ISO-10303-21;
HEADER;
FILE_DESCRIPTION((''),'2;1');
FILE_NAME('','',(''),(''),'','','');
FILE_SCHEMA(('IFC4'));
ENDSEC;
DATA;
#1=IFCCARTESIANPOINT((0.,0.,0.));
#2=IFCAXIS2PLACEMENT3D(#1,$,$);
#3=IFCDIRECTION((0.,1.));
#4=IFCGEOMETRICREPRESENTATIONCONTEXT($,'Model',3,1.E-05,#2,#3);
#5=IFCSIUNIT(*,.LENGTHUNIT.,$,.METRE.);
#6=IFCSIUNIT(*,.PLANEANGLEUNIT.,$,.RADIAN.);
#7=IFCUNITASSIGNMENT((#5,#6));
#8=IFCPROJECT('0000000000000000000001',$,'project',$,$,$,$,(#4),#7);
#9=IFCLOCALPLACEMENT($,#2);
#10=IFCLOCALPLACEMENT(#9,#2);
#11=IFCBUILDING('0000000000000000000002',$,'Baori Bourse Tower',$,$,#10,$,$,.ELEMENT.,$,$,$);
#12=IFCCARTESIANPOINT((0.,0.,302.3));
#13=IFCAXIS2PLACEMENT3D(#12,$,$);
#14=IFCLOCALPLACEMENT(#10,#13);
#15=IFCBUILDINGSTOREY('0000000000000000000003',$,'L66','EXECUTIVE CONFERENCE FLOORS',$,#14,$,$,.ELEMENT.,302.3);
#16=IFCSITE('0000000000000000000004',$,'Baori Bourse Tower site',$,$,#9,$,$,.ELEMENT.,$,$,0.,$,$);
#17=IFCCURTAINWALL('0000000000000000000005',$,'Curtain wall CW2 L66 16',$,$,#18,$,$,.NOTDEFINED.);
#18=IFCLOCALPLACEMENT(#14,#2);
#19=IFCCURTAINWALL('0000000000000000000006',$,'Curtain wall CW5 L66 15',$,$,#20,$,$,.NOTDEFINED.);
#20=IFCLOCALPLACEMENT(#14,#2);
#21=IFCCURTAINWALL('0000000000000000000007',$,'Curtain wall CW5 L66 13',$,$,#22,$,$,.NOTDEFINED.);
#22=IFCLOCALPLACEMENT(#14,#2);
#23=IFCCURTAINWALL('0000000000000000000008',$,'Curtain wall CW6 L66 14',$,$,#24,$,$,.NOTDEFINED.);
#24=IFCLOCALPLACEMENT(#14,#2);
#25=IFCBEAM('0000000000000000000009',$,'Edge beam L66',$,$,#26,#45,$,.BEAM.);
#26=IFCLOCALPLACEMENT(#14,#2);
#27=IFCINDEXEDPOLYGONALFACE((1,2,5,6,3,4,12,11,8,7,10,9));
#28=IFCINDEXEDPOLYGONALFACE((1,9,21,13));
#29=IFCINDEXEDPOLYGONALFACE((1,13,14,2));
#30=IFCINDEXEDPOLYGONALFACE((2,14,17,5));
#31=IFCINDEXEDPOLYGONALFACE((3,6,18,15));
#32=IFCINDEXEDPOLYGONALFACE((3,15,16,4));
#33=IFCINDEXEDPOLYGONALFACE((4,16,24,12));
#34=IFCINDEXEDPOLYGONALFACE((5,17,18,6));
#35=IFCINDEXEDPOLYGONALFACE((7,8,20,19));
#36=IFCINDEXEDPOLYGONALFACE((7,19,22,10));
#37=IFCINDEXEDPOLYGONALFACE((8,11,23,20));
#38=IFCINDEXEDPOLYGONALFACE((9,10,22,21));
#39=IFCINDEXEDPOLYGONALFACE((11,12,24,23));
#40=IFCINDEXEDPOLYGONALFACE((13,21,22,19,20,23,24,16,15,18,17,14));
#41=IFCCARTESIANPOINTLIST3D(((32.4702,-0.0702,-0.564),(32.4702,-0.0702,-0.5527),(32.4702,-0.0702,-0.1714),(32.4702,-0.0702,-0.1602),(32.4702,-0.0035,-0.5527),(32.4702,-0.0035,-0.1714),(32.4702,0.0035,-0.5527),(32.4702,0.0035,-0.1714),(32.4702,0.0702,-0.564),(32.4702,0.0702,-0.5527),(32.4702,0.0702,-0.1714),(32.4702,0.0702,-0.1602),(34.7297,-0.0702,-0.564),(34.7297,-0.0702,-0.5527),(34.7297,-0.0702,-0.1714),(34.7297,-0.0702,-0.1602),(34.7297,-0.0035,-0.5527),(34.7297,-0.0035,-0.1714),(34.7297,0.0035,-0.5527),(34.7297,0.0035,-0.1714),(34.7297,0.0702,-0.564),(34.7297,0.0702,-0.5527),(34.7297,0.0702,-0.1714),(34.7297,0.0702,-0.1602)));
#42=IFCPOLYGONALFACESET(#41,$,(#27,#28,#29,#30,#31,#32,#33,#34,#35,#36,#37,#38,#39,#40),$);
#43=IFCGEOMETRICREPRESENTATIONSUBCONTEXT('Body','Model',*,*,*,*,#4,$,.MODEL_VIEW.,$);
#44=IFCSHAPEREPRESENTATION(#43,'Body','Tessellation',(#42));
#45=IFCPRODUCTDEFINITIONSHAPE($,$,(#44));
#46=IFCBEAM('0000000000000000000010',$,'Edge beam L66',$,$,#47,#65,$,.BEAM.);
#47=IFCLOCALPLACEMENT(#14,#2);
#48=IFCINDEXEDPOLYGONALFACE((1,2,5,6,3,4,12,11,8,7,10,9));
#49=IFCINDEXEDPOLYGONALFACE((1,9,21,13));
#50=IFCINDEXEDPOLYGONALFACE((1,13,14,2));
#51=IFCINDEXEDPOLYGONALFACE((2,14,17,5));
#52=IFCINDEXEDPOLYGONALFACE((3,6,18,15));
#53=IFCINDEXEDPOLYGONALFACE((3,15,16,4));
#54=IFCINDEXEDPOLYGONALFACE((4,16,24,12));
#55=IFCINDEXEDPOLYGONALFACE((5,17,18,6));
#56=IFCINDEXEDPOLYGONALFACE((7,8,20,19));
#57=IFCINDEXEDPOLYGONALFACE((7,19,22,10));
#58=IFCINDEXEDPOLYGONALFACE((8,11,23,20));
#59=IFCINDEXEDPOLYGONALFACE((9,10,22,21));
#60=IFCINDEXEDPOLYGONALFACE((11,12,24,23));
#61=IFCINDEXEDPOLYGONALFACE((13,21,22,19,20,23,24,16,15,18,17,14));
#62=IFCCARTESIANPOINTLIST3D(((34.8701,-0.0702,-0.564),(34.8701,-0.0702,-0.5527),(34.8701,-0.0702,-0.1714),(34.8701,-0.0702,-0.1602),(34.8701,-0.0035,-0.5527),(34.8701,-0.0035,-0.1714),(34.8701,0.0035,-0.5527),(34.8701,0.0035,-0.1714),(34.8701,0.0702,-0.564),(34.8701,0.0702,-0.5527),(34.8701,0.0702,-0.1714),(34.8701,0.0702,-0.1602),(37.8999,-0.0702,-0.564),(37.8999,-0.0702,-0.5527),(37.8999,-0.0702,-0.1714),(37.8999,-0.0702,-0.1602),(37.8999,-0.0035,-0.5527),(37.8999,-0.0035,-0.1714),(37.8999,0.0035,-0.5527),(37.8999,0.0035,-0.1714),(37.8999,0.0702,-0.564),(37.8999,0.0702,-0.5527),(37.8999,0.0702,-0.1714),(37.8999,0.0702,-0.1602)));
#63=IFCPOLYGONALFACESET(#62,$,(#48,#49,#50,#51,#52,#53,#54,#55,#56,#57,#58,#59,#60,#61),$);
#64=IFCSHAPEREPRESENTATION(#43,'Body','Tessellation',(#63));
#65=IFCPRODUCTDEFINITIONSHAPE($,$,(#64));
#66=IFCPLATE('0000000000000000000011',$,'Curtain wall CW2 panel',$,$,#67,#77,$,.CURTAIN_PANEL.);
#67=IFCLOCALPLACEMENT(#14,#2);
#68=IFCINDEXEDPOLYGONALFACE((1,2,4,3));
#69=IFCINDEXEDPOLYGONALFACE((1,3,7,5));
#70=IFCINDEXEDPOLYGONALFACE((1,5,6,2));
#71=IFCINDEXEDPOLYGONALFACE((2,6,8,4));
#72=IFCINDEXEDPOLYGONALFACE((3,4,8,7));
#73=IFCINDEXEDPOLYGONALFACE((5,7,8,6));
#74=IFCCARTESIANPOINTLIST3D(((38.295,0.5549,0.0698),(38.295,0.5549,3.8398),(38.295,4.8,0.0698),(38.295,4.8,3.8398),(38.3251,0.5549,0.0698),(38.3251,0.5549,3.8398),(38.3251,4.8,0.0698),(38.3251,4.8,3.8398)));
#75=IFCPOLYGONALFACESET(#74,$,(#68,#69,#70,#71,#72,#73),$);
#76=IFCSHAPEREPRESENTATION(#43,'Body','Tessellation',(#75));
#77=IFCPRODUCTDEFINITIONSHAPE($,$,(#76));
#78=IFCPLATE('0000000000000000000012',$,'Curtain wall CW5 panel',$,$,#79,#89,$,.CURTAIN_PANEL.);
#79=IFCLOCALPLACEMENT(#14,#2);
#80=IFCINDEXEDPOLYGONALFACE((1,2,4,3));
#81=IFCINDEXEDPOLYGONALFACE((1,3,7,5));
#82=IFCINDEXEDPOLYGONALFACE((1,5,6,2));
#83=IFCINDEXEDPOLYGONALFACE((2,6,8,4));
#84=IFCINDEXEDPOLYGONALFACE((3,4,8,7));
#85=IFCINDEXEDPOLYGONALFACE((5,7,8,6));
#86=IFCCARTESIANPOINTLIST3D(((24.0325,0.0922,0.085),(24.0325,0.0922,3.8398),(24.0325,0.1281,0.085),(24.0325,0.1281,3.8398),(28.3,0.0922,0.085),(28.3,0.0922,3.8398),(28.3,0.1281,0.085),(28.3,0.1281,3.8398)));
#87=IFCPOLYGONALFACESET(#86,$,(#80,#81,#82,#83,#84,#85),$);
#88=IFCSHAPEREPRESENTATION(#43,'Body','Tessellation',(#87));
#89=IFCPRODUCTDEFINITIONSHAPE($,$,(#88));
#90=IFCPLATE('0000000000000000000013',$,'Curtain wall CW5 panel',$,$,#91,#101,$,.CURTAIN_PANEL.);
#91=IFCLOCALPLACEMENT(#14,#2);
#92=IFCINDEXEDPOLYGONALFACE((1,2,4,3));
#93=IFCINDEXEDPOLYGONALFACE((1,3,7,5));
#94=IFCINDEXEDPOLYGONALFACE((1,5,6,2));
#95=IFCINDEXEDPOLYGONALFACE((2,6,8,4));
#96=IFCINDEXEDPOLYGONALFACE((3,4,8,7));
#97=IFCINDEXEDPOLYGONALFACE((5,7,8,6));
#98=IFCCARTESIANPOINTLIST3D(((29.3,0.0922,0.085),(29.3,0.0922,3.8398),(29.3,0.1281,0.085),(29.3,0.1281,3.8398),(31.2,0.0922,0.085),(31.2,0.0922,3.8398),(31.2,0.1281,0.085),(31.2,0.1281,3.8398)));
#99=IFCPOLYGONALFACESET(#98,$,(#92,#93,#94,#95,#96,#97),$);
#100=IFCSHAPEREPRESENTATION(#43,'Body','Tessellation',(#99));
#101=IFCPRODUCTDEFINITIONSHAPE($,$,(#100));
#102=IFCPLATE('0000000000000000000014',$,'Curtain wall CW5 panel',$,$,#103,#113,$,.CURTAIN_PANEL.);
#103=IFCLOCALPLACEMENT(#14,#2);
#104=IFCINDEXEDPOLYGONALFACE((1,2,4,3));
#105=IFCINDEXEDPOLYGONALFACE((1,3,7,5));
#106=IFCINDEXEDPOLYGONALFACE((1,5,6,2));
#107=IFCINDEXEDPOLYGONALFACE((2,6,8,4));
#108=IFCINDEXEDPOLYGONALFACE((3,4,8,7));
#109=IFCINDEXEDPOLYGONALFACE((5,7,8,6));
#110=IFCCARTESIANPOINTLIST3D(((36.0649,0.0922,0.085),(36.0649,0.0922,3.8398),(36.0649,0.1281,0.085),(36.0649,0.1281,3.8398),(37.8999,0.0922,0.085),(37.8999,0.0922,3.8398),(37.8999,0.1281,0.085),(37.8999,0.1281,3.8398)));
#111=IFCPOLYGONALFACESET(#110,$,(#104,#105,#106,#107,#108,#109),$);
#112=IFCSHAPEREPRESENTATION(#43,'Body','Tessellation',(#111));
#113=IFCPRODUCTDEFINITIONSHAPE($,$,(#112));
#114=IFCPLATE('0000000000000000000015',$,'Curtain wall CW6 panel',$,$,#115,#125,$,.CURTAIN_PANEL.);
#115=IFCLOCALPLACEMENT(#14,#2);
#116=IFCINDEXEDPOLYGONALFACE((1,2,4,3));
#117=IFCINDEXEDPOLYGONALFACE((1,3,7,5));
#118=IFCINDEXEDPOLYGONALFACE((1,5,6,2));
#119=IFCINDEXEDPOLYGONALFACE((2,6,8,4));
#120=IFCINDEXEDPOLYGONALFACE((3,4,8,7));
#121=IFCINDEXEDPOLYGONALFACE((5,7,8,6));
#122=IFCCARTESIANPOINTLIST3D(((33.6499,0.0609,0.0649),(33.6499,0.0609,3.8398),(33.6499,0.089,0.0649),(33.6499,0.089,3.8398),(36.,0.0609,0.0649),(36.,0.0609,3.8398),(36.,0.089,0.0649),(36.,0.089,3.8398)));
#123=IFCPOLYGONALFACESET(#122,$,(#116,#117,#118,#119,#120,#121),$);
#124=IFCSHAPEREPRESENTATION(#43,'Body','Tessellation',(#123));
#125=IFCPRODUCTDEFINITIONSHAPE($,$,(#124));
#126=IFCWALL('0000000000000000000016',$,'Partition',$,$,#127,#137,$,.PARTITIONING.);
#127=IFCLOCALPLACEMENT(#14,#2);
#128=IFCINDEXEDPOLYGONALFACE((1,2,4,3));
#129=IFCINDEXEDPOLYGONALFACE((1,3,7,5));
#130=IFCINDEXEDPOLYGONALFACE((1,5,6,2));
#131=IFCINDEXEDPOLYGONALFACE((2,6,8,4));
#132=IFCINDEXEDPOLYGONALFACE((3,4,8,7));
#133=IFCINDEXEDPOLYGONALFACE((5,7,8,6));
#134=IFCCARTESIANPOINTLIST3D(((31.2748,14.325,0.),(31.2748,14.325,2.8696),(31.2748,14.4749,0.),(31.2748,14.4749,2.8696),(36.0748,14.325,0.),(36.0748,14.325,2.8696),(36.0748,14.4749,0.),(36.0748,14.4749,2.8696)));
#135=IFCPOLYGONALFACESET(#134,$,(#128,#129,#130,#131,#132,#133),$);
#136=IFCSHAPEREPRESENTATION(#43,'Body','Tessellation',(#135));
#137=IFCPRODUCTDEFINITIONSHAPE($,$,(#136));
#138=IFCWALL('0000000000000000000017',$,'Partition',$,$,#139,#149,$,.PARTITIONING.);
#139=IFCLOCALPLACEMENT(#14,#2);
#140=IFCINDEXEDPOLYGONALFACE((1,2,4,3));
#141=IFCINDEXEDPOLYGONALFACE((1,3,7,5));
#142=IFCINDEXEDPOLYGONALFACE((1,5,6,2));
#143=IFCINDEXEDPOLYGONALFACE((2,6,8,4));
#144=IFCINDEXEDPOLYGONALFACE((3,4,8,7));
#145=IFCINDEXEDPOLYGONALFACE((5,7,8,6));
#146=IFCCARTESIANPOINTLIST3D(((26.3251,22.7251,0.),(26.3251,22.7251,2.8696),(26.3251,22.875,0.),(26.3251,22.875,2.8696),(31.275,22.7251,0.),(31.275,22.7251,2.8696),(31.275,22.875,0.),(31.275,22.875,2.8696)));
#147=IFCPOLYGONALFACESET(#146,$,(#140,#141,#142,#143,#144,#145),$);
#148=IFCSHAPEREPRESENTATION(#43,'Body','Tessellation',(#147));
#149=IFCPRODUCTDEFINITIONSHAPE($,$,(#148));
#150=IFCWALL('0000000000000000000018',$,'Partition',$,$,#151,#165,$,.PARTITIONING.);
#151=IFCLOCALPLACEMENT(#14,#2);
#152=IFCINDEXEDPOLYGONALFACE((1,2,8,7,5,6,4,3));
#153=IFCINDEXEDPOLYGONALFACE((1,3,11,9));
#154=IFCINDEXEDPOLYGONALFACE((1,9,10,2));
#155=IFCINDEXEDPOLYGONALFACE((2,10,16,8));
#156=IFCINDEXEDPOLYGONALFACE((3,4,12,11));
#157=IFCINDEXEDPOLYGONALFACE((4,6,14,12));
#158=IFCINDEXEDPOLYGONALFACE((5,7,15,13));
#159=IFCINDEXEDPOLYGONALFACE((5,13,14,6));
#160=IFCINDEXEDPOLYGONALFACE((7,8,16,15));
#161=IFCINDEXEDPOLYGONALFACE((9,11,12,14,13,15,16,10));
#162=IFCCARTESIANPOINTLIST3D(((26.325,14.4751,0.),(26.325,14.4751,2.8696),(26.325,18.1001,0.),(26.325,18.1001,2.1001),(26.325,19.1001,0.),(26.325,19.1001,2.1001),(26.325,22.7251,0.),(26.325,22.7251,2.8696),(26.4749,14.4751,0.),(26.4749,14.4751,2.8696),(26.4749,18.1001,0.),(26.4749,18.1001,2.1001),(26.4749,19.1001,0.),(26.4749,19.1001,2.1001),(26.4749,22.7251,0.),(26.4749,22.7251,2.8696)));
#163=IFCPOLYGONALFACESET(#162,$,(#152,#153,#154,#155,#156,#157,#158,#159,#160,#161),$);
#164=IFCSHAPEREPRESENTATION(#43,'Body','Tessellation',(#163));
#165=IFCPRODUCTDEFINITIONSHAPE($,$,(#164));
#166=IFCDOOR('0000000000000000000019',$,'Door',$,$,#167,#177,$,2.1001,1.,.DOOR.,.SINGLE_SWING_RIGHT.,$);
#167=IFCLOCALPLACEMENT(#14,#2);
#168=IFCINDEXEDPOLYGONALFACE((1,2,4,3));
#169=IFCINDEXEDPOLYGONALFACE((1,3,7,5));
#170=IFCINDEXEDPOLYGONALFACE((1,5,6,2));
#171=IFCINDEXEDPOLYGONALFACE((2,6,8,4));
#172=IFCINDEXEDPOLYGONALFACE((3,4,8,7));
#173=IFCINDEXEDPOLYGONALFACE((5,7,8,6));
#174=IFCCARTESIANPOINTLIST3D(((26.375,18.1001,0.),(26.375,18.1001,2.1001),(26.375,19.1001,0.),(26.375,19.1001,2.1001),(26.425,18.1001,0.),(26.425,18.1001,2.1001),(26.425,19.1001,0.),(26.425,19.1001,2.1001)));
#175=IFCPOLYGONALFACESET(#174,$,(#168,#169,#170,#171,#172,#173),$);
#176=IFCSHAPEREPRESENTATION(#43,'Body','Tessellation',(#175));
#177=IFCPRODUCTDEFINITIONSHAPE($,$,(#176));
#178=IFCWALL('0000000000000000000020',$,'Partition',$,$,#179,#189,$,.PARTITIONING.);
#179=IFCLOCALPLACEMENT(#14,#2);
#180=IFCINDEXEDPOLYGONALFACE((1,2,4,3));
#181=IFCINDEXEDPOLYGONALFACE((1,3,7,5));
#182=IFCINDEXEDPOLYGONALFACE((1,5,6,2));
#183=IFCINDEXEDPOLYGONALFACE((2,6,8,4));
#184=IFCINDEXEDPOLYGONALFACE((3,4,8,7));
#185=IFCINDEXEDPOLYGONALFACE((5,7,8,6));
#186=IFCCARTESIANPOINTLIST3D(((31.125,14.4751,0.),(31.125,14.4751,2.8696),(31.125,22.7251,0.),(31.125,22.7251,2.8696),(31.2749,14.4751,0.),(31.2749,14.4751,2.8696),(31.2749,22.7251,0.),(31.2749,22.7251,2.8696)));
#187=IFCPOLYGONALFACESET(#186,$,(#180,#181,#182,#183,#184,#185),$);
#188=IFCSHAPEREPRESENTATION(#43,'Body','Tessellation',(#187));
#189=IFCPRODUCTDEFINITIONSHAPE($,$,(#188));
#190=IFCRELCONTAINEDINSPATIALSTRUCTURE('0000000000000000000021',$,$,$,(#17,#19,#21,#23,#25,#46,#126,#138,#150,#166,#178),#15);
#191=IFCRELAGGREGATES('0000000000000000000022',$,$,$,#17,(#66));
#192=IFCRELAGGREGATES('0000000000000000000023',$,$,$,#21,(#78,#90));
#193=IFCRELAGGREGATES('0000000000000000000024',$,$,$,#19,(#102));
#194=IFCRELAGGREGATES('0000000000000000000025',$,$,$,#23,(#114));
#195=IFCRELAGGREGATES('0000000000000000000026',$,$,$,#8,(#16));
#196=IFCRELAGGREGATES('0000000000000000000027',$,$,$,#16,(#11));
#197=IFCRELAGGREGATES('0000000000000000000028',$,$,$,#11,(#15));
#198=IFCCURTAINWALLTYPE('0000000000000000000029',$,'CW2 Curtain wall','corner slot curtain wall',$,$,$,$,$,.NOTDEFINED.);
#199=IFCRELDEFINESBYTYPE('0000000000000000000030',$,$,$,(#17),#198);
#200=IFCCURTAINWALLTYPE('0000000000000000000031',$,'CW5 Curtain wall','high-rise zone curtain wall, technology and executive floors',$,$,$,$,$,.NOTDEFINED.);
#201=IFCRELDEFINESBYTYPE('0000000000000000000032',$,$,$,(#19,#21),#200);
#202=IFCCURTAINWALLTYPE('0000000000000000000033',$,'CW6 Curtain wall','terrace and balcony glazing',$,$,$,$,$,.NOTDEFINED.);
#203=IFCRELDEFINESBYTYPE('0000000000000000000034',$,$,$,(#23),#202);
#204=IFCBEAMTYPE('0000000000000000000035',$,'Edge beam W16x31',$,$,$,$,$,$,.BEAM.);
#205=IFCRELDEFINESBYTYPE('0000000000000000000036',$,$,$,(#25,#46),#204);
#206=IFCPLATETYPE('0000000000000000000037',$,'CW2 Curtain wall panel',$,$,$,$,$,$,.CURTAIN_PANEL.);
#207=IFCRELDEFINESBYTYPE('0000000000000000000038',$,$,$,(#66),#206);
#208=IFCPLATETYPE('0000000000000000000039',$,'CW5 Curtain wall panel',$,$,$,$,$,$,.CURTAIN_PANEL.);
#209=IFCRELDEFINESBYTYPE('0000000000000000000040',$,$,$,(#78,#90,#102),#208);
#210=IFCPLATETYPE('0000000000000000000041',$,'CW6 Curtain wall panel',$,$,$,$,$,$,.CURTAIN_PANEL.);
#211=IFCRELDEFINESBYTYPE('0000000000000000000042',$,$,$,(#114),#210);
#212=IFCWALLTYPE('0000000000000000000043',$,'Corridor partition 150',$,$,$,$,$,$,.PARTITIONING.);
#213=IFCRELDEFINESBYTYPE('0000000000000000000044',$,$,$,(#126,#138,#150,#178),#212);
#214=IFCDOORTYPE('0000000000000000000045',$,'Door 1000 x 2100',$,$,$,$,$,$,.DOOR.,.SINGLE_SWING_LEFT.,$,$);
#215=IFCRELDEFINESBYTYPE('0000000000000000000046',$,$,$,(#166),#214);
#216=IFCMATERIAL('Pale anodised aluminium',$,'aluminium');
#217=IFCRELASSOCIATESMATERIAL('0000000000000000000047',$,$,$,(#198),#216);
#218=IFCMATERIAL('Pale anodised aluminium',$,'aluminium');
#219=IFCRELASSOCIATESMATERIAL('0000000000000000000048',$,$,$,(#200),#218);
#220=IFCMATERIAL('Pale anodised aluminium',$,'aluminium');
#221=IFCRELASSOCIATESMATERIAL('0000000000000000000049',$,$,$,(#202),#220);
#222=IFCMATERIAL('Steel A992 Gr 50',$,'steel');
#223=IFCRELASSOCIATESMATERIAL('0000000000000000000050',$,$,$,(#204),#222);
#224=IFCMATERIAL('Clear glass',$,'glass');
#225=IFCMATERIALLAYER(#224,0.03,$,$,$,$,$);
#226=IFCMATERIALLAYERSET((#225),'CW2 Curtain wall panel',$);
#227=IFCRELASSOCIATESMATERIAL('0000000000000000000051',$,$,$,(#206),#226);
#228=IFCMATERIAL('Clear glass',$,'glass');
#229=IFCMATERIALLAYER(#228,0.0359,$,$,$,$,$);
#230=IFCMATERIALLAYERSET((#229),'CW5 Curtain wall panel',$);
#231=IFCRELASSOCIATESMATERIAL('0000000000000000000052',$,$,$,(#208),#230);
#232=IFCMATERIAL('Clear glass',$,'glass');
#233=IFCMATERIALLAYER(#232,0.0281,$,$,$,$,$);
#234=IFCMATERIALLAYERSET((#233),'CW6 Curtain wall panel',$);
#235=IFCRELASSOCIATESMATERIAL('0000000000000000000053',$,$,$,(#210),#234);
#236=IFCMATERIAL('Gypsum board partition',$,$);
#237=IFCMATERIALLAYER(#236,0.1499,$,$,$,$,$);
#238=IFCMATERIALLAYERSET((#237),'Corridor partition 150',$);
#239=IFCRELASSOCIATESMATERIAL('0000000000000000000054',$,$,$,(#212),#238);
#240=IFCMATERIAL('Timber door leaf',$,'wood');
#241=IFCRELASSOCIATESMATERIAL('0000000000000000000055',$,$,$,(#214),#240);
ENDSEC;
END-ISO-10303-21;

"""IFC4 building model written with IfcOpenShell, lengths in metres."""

from ifc_helpers import new_model, si_unit, direction, frame, frame_2d, origin, origin_2d, place, context, subcontext, project, spatial, rectangle, i_section, extrude, material, layer, layer_set, material_profile, profile_set, type_object, element, fill, aggregate, save


model = new_model("IFC4")

# Units and contexts
model_context = context("Model", 3, precision=1e-05, world=origin(), true_north=direction((0.0, 1.0)))
body_context = subcontext(model_context, "Body", "Model", "MODEL_VIEW")
ifc_project = project(units=[si_unit("LENGTHUNIT", "METRE"), si_unit("PLANEANGLEUNIT", "RADIAN")], contexts=[model_context])

# Site, building, storey
site_placement = place(None, origin())
site = spatial("IfcSite", under=ifc_project, at=site_placement, Name="Baori Bourse Tower site", CompositionType="ELEMENT", RefElevation=0.0)
building_placement = place(site_placement, origin())
building = spatial("IfcBuilding", under=site, at=building_placement, Name="Baori Bourse Tower", CompositionType="ELEMENT")
storey_placement = place(building_placement, frame((0.0, 0.0, 302.3)))
storey = spatial("IfcBuildingStorey", under=building, at=storey_placement, Name="L66", Description="EXECUTIVE CONFERENCE FLOORS", CompositionType="ELEMENT", Elevation=302.3)

# Curtain wall
ifc_material_1 = material(Name="Pale anodised aluminium", Category="aluminium")
curtain_wall_type_1 = type_object("IfcCurtainWallType", Name="CW2 Curtain wall", Description="corner slot curtain wall", PredefinedType="NOTDEFINED", material=ifc_material_1)
curtain_wall_1_placement = place(storey_placement, origin())
curtain_wall_1 = element("IfcCurtainWall", 1, at=curtain_wall_1_placement, inside=storey, type_object=curtain_wall_type_1, Name="Curtain wall CW2 L66 16", PredefinedType="NOTDEFINED")

# Curtain walls
ifc_material_2 = material(Name="Pale anodised aluminium", Category="aluminium")
curtain_wall_type_2 = type_object("IfcCurtainWallType", Name="CW5 Curtain wall", Description="high-rise zone curtain wall, technology and executive floors", PredefinedType="NOTDEFINED", material=ifc_material_2)
curtain_wall_2_placement = place(storey_placement, origin())
curtain_wall_2 = element("IfcCurtainWall", 2, at=curtain_wall_2_placement, inside=storey, type_object=curtain_wall_type_2, Name="Curtain wall CW5 L66 15", PredefinedType="NOTDEFINED")
curtain_wall_3_placement = place(storey_placement, origin())
curtain_wall_3 = element("IfcCurtainWall", 3, at=curtain_wall_3_placement, inside=storey, type_object=curtain_wall_type_2, Name="Curtain wall CW5 L66 13", PredefinedType="NOTDEFINED")

# Curtain wall
ifc_material_3 = material(Name="Pale anodised aluminium", Category="aluminium")
curtain_wall_type_3 = type_object("IfcCurtainWallType", Name="CW6 Curtain wall", Description="terrace and balcony glazing", PredefinedType="NOTDEFINED", material=ifc_material_3)
curtain_wall_4_placement = place(storey_placement, origin())
curtain_wall_4 = element("IfcCurtainWall", 4, at=curtain_wall_4_placement, inside=storey, type_object=curtain_wall_type_3, Name="Curtain wall CW6 L66 14", PredefinedType="NOTDEFINED")

# Beams
ifc_material_4 = material(Name="Steel A992 Gr 50", Category="steel")
ifc_material_profile_1 = material_profile(ifc_material_4, i_section(OverallWidth=0.1404, OverallDepth=0.4038, WebThickness=0.0071, FlangeThickness=0.0112, at=origin_2d()), Name="W16x31")
ifc_profile_set_1 = profile_set([ifc_material_profile_1], Name="Steel A992 Gr 50")
beam_type_1 = type_object("IfcBeamType", Name="Edge beam W16x31", PredefinedType="BEAM", material=ifc_profile_set_1)
beam_1_placement = place(storey_placement, frame((32.4702, 0.0, -0.3621), z_axis=(1.0, 0.0, 0.0), x_axis=(0.0, 1.0, 0.0)))
element("IfcBeam", 5, at=beam_1_placement, inside=storey, type_object=beam_type_1, Name="Edge beam L66", PredefinedType="BEAM", context=body_context, shape_type="SweptSolid", body=[
    extrude(i_section(OverallWidth=0.1404, OverallDepth=0.4038, WebThickness=0.0071, FlangeThickness=0.0112, at=origin_2d()), origin(), (0.0, 0.0, 1.0), 2.2595),
])
beam_2_placement = place(storey_placement, frame((34.8701, 0.0, -0.3621), z_axis=(1.0, 0.0, 0.0), x_axis=(0.0, 1.0, 0.0)))
element("IfcBeam", 6, at=beam_2_placement, inside=storey, type_object=beam_type_1, Name="Edge beam L66", PredefinedType="BEAM", context=body_context, shape_type="SweptSolid", body=[
    extrude(i_section(OverallWidth=0.1404, OverallDepth=0.4038, WebThickness=0.0071, FlangeThickness=0.0112, at=origin_2d()), origin(), (0.0, 0.0, 1.0), 3.0298),
])

# Plates
ifc_material_5 = material(Name="Clear glass", Category="glass")
ifc_layer_1 = layer(ifc_material_5, 0.03)
ifc_layer_set_1 = layer_set([ifc_layer_1], Name="CW2 Curtain wall panel")
plate_type_1 = type_object("IfcPlateType", Name="CW2 Curtain wall panel", PredefinedType="CURTAIN_PANEL", material=ifc_layer_set_1)
plate_1_placement = place(storey_placement, frame((38.3101, 2.6775, 0.0698), z_axis=(0.0, 0.0, 1.0), x_axis=(0.0, 1.0, 0.0)))
plate_1 = element("IfcPlate", 7, at=plate_1_placement, type_object=plate_type_1, Name="Curtain wall CW2 panel", PredefinedType="CURTAIN_PANEL", context=body_context, shape_type="SweptSolid", body=[
    extrude(rectangle(XDim=4.2451, YDim=0.03, at=origin_2d()), origin(), (0.0, 0.0, 1.0), 3.77),
])
aggregate(curtain_wall_1, [plate_1])
ifc_material_6 = material(Name="Clear glass", Category="glass")
ifc_layer_2 = layer(ifc_material_6, 0.0359)
ifc_layer_set_2 = layer_set([ifc_layer_2], Name="CW5 Curtain wall panel")
plate_type_2 = type_object("IfcPlateType", Name="CW5 Curtain wall panel", PredefinedType="CURTAIN_PANEL", material=ifc_layer_set_2)
plate_2_placement = place(storey_placement, frame((26.1663, 0.1101, 0.085), z_axis=(0.0, 0.0, 1.0), x_axis=(1.0, 0.0, 0.0)))
plate_2 = element("IfcPlate", 8, at=plate_2_placement, type_object=plate_type_2, Name="Curtain wall CW5 panel", PredefinedType="CURTAIN_PANEL", context=body_context, shape_type="SweptSolid", body=[
    extrude(rectangle(XDim=4.2676, YDim=0.0359, at=origin_2d()), origin(), (0.0, 0.0, 1.0), 3.7549),
])
plate_3_placement = place(storey_placement, frame((30.25, 0.1101, 0.085), z_axis=(0.0, 0.0, 1.0), x_axis=(1.0, 0.0, 0.0)))
plate_3 = element("IfcPlate", 9, at=plate_3_placement, type_object=plate_type_2, Name="Curtain wall CW5 panel", PredefinedType="CURTAIN_PANEL", context=body_context, shape_type="SweptSolid", body=[
    extrude(rectangle(XDim=1.8999, YDim=0.0359, at=origin_2d()), origin(), (0.0, 0.0, 1.0), 3.7549),
])
aggregate(curtain_wall_3, [plate_2, plate_3])
plate_4_placement = place(storey_placement, frame((36.9824, 0.1101, 0.085), z_axis=(0.0, 0.0, 1.0), x_axis=(1.0, 0.0, 0.0)))
plate_4 = element("IfcPlate", 10, at=plate_4_placement, type_object=plate_type_2, Name="Curtain wall CW5 panel", PredefinedType="CURTAIN_PANEL", context=body_context, shape_type="SweptSolid", body=[
    extrude(rectangle(XDim=1.835, YDim=0.0359, at=origin_2d()), origin(), (0.0, 0.0, 1.0), 3.7549),
])
aggregate(curtain_wall_2, [plate_4])
ifc_material_7 = material(Name="Clear glass", Category="glass")
ifc_layer_3 = layer(ifc_material_7, 0.0281)
ifc_layer_set_3 = layer_set([ifc_layer_3], Name="CW6 Curtain wall panel")
plate_type_3 = type_object("IfcPlateType", Name="CW6 Curtain wall panel", PredefinedType="CURTAIN_PANEL", material=ifc_layer_set_3)
plate_5_placement = place(storey_placement, frame((34.825, 0.075, 0.0649), z_axis=(0.0, 0.0, 1.0), x_axis=(1.0, 0.0, 0.0)))
plate_5 = element("IfcPlate", 11, at=plate_5_placement, type_object=plate_type_3, Name="Curtain wall CW6 panel", PredefinedType="CURTAIN_PANEL", context=body_context, shape_type="SweptSolid", body=[
    extrude(rectangle(XDim=2.3501, YDim=0.0281, at=origin_2d()), origin(), (0.0, 0.0, 1.0), 3.7749),
])
aggregate(curtain_wall_4, [plate_5])

# Walls
ifc_material_8 = material(Name="Gypsum board partition")
ifc_layer_4 = layer(ifc_material_8, 0.1499)
ifc_layer_set_4 = layer_set([ifc_layer_4], Name="Corridor partition 150")
wall_type_1 = type_object("IfcWallType", Name="Corridor partition 150", PredefinedType="PARTITIONING", material=ifc_layer_set_4)
wall_1_placement = place(storey_placement, frame((31.2749, 14.3999, 0.0), z_axis=(0.0, 0.0, 1.0), x_axis=(1.0, 0.0, 0.0)))
element("IfcWall", 12, at=wall_1_placement, inside=storey, type_object=wall_type_1, Name="Partition", PredefinedType="PARTITIONING", context=body_context, shape_type="SweptSolid", body=[
    extrude(rectangle(XDim=4.8, YDim=0.1499, at=frame_2d((2.3999, 0.0))), origin(), (0.0, 0.0, 1.0), 2.8696),
])
wall_2_placement = place(storey_placement, frame((26.325, 22.8, 0.0), z_axis=(0.0, 0.0, 1.0), x_axis=(1.0, 0.0, 0.0)))
element("IfcWall", 13, at=wall_2_placement, inside=storey, type_object=wall_type_1, Name="Partition", PredefinedType="PARTITIONING", context=body_context, shape_type="SweptSolid", body=[
    extrude(rectangle(XDim=4.95, YDim=0.1499, at=frame_2d((2.4751, 0.0))), origin(), (0.0, 0.0, 1.0), 2.8696),
])

# Wall, opening, door
wall_3_placement = place(storey_placement, frame((26.3999, 14.4751, 0.0), z_axis=(0.0, 0.0, 1.0), x_axis=(0.0, 1.0, 0.0)))
wall_3 = element("IfcWall", 14, at=wall_3_placement, inside=storey, type_object=wall_type_1, Name="Partition", PredefinedType="PARTITIONING", context=body_context, shape_type="SweptSolid", body=[
    extrude(rectangle(XDim=8.25, YDim=0.1499, at=frame_2d((4.125, 0.0))), origin(), (0.0, 0.0, 1.0), 2.8696),
])
opening_1_placement = place(wall_3_placement, frame((3.625, 0.0, 0.0)))
opening_1 = element("IfcOpeningElement", 15, at=opening_1_placement, cuts=wall_3, PredefinedType="OPENING", context=body_context, shape_type="SweptSolid", body=[
    extrude(rectangle(XDim=1.0, YDim=2.1001, at=frame_2d((0.5, 1.05))), frame((0.0, 0.085, 0.0), z_axis=(0.0, -1.0, 0.0), x_axis=(1.0, 0.0, 0.0)), (0.0, 0.0, 1.0), 0.1699),
])
ifc_material_9 = material(Name="Timber door leaf", Category="wood")
door_type_1 = type_object("IfcDoorType", Name="Door 1000 x 2100", OperationType="SINGLE_SWING_LEFT", PredefinedType="DOOR", material=ifc_material_9)
door_1_placement = place(opening_1_placement, origin())
door_1 = element("IfcDoor", 16, at=door_1_placement, inside=storey, type_object=door_type_1, Name="Door", OperationType="SINGLE_SWING_RIGHT", OverallHeight=2.1001, OverallWidth=1.0, PredefinedType="DOOR", context=body_context, shape_type="SweptSolid", body=[
    extrude(rectangle(XDim=1.0, YDim=2.1001, at=frame_2d((0.5, 1.05))), frame((0.0, 0.0249, 0.0), z_axis=(0.0, -1.0, 0.0), x_axis=(1.0, 0.0, 0.0)), (0.0, 0.0, 1.0), 0.05),
])
fill(opening_1, door_1)

# Wall
wall_4_placement = place(storey_placement, frame((31.2, 14.4751, 0.0), z_axis=(0.0, 0.0, 1.0), x_axis=(0.0, 1.0, 0.0)))
element("IfcWall", 17, at=wall_4_placement, inside=storey, type_object=wall_type_1, Name="Partition", PredefinedType="PARTITIONING", context=body_context, shape_type="SweptSolid", body=[
    extrude(rectangle(XDim=8.25, YDim=0.1499, at=frame_2d((4.125, 0.0))), origin(), (0.0, 0.0, 1.0), 2.8696),
])

save(model, "model.ifc")
